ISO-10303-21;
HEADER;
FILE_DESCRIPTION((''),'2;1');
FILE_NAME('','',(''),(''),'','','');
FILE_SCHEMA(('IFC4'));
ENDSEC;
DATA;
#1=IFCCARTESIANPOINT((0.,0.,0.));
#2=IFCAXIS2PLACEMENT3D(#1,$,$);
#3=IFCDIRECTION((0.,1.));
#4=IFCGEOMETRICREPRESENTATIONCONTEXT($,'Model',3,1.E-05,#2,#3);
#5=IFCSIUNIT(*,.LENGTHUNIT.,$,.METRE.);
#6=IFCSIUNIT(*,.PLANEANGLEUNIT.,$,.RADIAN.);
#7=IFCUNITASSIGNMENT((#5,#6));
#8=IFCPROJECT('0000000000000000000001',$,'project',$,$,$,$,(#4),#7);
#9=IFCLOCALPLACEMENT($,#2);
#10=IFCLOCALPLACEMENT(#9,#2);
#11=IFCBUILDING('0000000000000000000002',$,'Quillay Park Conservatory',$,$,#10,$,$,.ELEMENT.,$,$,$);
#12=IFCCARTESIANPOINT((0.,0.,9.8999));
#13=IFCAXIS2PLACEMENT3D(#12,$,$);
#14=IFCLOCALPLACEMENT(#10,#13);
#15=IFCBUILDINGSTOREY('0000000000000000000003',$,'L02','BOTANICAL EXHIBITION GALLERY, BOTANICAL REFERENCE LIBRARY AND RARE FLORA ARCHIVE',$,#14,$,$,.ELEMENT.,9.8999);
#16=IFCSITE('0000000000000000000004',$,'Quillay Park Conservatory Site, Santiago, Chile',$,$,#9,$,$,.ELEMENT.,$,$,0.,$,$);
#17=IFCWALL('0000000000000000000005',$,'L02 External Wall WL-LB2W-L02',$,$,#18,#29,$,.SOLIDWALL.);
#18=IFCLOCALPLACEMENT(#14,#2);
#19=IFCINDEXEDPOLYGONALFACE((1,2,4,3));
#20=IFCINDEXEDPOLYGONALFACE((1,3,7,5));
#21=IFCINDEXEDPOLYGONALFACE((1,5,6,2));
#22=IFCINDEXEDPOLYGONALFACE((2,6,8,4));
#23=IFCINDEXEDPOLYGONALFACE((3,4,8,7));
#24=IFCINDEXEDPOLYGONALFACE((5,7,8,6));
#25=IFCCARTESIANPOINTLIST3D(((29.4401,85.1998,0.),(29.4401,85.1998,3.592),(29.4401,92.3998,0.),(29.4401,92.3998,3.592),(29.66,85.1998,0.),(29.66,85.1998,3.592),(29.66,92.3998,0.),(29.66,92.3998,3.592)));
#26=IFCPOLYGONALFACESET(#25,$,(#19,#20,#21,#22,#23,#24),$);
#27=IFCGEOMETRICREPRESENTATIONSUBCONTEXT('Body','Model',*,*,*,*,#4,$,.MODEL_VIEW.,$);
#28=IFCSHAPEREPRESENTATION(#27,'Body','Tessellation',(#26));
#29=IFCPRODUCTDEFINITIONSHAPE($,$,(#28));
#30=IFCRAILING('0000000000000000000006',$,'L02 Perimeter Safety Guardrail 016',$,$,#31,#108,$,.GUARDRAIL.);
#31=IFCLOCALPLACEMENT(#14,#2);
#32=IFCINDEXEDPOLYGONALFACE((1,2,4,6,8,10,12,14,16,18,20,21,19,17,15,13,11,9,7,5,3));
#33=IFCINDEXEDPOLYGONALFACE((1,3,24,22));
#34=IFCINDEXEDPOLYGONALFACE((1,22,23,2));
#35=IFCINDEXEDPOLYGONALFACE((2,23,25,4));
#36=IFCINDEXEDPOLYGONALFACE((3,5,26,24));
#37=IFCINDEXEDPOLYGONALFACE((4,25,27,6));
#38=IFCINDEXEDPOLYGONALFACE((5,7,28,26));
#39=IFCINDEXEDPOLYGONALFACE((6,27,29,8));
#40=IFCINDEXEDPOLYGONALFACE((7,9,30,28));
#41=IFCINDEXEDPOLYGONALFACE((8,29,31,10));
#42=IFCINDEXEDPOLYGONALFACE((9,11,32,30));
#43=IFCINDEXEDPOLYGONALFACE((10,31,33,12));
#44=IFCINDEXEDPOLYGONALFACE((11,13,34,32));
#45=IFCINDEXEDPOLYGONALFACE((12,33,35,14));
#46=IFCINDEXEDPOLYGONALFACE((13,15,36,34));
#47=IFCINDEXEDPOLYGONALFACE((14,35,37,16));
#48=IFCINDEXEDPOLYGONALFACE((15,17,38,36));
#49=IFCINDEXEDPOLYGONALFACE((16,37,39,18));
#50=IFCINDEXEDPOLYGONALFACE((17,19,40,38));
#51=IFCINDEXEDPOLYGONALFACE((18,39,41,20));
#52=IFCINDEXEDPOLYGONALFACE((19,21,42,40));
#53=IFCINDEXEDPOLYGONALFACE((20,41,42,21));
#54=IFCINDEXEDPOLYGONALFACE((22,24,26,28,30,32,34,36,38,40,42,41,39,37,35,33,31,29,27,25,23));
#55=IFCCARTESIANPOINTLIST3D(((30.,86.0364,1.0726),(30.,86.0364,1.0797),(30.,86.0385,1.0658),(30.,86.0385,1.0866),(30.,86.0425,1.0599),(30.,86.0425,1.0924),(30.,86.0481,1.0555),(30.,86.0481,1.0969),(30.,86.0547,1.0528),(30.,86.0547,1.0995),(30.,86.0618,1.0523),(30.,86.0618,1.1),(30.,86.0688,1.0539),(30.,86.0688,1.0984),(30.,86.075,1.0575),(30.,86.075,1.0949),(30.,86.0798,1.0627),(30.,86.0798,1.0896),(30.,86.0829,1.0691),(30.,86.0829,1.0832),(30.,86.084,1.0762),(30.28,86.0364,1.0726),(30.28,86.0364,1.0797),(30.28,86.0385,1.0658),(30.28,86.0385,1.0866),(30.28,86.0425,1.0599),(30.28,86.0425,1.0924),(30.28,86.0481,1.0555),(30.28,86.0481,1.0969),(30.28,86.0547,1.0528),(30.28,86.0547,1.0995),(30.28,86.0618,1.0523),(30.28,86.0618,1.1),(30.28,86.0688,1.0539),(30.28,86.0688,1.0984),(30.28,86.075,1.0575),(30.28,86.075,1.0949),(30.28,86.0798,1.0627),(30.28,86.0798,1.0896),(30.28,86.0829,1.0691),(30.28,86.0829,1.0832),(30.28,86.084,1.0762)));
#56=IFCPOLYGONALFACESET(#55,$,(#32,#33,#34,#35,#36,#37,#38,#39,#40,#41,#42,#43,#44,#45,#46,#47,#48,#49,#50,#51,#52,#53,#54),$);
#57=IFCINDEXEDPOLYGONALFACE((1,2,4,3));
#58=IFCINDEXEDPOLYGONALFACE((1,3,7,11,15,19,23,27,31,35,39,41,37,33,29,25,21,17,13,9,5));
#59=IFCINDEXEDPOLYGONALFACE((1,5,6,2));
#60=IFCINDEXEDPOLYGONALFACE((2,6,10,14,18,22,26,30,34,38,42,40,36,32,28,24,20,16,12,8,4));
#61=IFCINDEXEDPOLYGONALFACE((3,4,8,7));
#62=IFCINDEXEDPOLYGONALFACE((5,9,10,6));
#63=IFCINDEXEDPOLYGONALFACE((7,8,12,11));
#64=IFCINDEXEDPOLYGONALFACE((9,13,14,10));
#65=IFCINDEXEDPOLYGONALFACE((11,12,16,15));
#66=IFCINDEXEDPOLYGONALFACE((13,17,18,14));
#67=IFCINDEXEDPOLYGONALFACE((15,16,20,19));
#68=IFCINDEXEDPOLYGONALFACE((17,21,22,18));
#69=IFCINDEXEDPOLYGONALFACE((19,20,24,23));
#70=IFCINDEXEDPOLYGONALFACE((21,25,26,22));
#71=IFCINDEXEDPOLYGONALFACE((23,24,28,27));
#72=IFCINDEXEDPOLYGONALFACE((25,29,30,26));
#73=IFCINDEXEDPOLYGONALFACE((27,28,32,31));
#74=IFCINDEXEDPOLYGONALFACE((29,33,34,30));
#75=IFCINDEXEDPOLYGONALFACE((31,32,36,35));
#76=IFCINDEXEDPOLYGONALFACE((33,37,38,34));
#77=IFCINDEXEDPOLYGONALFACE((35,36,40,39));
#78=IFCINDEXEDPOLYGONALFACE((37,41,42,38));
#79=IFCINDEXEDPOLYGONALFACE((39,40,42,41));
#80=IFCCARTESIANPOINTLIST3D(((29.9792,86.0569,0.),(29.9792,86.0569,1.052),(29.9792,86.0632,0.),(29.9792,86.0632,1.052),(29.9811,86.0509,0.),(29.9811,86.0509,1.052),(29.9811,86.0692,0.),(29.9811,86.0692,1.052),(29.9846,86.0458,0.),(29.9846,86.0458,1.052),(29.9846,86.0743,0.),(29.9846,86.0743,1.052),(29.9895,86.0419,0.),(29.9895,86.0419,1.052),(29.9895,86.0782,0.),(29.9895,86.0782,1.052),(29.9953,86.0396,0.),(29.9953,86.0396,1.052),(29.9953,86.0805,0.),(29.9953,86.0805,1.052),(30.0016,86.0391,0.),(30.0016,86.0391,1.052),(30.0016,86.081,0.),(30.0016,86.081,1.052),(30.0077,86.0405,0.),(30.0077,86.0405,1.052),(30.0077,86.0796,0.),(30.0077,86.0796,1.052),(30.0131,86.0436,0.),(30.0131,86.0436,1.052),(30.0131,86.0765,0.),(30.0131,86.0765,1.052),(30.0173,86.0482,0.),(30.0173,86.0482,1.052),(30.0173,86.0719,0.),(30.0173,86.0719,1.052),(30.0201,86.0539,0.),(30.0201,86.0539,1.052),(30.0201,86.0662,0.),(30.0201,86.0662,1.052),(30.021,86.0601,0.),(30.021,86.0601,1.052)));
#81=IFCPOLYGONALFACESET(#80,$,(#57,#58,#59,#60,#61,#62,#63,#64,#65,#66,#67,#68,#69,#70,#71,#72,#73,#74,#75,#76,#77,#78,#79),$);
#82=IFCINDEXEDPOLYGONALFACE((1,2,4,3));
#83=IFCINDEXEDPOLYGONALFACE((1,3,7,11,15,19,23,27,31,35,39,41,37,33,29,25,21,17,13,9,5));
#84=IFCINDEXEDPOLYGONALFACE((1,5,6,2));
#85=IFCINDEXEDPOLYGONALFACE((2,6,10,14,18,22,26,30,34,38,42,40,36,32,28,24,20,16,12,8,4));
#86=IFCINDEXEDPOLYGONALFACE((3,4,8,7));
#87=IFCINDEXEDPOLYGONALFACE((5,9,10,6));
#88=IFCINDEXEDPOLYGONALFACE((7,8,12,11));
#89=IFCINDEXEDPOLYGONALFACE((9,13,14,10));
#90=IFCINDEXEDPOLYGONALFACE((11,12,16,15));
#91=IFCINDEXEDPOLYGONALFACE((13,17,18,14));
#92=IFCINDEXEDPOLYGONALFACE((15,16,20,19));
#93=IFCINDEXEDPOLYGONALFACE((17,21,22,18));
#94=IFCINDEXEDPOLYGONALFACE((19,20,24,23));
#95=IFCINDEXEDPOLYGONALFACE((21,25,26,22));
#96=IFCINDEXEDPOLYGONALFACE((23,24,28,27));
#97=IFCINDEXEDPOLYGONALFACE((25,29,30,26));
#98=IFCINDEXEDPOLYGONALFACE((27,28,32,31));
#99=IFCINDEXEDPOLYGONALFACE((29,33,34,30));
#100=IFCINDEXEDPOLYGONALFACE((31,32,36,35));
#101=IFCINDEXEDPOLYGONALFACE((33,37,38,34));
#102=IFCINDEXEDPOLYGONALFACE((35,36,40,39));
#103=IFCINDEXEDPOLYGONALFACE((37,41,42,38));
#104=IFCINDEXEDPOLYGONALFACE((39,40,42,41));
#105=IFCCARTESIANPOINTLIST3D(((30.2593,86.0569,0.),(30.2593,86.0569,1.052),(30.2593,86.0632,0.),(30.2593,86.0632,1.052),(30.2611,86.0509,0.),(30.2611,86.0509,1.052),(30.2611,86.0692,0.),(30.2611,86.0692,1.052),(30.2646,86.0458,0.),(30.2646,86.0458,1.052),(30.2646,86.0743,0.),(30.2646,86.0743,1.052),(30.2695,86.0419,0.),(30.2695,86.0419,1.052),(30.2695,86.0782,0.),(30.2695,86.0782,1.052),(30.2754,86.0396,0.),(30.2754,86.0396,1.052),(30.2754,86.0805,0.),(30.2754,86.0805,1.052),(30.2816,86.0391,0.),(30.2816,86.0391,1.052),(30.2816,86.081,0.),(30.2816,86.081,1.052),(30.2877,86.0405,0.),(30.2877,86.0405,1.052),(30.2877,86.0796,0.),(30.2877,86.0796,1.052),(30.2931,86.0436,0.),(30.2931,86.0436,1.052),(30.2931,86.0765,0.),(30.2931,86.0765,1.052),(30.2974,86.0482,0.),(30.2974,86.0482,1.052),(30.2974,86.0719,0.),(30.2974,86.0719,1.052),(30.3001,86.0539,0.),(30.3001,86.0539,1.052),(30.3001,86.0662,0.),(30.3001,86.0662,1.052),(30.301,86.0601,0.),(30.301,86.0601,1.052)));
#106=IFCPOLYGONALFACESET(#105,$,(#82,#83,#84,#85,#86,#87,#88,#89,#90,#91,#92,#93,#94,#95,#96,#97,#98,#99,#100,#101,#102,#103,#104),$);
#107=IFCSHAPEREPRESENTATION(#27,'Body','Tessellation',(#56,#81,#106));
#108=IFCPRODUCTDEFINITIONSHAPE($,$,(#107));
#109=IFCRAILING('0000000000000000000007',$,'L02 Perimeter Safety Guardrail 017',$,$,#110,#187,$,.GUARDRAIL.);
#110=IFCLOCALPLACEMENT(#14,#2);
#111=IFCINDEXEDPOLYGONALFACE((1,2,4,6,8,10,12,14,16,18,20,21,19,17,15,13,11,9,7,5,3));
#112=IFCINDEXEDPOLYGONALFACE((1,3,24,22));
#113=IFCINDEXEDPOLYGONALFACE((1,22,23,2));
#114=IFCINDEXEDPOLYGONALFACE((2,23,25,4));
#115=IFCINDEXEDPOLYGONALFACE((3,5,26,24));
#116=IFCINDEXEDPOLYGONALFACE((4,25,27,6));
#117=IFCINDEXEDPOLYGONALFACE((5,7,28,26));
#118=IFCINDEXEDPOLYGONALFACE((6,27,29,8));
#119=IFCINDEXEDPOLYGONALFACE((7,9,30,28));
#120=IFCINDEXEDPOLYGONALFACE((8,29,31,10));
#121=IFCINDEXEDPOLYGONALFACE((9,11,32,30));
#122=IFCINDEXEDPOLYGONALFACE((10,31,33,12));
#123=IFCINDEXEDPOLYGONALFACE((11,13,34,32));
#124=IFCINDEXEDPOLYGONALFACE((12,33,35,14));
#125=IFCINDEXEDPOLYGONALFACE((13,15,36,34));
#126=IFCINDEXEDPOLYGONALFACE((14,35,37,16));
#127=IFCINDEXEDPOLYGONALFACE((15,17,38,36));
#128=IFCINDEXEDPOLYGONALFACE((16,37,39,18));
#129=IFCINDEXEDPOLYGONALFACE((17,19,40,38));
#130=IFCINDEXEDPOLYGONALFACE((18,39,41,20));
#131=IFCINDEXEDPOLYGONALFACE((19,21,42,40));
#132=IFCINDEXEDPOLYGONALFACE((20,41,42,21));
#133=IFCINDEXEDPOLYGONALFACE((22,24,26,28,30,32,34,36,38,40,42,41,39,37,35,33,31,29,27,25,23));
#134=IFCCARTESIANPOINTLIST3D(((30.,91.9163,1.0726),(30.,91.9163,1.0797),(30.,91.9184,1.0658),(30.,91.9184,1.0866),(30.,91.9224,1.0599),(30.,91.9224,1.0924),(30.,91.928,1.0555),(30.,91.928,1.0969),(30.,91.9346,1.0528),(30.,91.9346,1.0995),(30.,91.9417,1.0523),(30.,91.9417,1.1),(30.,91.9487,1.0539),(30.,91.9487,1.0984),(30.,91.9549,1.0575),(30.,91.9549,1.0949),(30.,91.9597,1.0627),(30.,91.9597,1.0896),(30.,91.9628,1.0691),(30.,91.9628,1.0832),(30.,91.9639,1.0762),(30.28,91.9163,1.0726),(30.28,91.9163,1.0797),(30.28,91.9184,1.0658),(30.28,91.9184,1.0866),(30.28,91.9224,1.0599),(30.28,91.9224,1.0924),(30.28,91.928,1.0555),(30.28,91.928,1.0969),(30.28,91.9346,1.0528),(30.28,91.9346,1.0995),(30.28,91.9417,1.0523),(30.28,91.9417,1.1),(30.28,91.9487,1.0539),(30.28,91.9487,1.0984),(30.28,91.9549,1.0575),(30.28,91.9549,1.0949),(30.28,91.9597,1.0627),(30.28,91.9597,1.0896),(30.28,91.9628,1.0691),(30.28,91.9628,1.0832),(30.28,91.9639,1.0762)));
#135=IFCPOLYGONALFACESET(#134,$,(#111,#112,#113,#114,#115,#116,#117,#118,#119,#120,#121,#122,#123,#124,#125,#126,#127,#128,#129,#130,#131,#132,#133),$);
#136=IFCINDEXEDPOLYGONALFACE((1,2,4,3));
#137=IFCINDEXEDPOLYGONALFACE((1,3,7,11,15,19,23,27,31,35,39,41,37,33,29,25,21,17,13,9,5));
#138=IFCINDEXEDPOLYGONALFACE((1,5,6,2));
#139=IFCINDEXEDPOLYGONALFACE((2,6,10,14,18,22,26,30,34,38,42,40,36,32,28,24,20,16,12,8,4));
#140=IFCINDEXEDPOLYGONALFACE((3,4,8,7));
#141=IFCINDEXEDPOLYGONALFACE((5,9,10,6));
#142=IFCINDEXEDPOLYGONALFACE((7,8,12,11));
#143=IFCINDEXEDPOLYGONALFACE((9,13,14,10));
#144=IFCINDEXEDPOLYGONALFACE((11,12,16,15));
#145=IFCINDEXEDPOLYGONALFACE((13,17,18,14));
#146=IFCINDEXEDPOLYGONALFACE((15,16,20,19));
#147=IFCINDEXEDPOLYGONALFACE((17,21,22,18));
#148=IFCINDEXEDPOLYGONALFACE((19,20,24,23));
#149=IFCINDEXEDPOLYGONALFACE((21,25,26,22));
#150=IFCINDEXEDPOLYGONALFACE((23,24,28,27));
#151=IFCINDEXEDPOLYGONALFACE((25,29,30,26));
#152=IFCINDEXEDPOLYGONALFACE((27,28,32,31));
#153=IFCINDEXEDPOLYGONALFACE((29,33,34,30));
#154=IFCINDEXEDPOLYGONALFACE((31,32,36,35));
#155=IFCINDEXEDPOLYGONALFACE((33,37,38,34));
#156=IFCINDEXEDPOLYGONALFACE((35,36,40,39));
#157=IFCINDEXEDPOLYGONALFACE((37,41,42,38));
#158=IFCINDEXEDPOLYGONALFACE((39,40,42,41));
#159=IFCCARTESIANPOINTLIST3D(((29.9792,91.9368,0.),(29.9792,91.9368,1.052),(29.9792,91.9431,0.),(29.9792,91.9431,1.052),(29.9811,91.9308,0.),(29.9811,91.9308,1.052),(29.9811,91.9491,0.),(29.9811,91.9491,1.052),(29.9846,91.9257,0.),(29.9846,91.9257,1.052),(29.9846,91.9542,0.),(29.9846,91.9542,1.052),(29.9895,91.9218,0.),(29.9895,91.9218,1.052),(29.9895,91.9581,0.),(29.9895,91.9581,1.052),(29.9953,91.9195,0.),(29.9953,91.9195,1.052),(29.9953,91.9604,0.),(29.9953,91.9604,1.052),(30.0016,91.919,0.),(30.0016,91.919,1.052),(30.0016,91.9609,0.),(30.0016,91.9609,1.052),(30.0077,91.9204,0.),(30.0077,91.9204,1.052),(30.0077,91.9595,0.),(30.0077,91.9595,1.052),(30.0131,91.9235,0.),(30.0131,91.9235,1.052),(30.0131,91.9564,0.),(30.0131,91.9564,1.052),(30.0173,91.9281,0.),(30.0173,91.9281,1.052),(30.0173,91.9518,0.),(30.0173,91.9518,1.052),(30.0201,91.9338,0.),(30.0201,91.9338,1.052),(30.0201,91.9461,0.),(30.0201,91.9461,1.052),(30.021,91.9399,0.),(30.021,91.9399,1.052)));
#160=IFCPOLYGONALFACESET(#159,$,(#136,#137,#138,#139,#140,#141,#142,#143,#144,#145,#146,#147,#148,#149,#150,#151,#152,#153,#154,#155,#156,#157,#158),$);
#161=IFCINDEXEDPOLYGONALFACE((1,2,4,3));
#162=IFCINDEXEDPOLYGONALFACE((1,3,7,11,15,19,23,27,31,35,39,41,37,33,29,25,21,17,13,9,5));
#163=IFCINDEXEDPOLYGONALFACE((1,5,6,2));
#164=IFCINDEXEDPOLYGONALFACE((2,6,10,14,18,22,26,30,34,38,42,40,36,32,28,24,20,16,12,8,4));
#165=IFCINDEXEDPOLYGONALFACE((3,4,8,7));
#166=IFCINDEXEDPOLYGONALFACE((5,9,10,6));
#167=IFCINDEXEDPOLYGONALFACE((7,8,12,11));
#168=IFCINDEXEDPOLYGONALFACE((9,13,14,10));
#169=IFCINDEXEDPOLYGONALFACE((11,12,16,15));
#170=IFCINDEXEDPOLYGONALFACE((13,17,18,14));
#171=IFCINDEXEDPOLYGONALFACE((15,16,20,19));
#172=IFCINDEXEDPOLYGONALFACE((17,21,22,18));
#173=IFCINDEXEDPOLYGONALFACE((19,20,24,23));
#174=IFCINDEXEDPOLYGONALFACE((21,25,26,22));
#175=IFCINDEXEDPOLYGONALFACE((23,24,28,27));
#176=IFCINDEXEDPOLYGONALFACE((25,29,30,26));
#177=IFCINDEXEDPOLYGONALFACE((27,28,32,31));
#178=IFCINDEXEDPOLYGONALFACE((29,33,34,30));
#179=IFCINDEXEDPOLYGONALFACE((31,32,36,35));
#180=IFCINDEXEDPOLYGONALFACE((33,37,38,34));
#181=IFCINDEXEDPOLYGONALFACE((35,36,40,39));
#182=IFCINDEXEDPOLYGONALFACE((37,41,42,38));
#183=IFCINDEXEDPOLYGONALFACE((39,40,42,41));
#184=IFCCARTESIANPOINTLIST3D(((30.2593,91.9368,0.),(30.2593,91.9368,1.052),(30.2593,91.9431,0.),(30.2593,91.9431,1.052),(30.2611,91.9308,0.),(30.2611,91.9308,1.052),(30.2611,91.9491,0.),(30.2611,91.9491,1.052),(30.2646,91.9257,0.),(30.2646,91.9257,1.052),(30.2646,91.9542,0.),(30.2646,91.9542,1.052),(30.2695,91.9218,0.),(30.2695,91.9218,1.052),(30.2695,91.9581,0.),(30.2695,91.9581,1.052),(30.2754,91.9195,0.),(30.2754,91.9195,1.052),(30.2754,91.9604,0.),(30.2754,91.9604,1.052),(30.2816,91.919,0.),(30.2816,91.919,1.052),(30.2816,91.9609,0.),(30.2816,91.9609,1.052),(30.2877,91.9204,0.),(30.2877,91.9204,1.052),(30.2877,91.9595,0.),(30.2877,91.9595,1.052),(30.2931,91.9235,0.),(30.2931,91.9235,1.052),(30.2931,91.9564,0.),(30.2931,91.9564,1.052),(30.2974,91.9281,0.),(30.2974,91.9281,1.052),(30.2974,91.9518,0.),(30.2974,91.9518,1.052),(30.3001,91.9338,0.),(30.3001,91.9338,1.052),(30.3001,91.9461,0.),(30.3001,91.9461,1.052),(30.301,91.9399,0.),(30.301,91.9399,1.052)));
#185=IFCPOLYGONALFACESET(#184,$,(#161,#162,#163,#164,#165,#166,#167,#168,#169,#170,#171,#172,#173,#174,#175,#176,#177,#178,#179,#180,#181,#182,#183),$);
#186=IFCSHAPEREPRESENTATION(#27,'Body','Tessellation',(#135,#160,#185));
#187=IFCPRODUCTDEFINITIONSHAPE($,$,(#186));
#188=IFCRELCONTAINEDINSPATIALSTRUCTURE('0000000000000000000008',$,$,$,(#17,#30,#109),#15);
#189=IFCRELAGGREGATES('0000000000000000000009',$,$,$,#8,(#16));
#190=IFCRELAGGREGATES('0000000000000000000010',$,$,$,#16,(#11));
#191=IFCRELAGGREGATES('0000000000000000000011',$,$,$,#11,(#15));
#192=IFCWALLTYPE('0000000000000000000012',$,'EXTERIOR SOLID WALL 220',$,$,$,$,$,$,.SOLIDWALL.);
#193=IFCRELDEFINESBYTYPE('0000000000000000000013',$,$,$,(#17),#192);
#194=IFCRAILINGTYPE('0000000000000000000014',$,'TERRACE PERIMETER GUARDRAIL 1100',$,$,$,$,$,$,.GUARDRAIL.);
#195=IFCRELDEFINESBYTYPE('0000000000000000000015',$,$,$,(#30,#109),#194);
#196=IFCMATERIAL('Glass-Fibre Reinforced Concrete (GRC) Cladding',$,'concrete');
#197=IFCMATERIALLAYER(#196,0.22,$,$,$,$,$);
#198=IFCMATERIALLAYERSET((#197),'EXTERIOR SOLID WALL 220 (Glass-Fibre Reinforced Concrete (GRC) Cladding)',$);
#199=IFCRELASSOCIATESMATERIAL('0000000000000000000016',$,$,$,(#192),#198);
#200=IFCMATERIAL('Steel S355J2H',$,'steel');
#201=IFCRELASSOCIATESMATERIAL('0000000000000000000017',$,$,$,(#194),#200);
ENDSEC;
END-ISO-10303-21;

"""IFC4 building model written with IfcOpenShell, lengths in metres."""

from ifc_helpers import new_model, si_unit, direction, frame, frame_2d, origin, origin_2d, place, context, subcontext, project, spatial, rectangle, circle, extrude, material, layer, layer_set, type_object, element, save


model = new_model("IFC4")

# Units and contexts
model_context = context("Model", 3, precision=1e-05, world=origin(), true_north=direction((0.0, 1.0)))
body_context = subcontext(model_context, "Body", "Model", "MODEL_VIEW")
ifc_project = project(units=[si_unit("LENGTHUNIT", "METRE"), si_unit("PLANEANGLEUNIT", "RADIAN")], contexts=[model_context])

# Site, building, storey
site_placement = place(None, origin())
site = spatial("IfcSite", under=ifc_project, at=site_placement, Name="Quillay Park Conservatory Site, Santiago, Chile", CompositionType="ELEMENT", RefElevation=0.0)
building_placement = place(site_placement, origin())
building = spatial("IfcBuilding", under=site, at=building_placement, Name="Quillay Park Conservatory", CompositionType="ELEMENT")
storey_placement = place(building_placement, frame((0.0, 0.0, 9.8999)))
storey = spatial("IfcBuildingStorey", under=building, at=storey_placement, Name="L02", Description="BOTANICAL EXHIBITION GALLERY, BOTANICAL REFERENCE LIBRARY AND RARE FLORA ARCHIVE", CompositionType="ELEMENT", Elevation=9.8999)

# Wall
ifc_material_1 = material(Name="Glass-Fibre Reinforced Concrete (GRC) Cladding", Category="concrete")
ifc_layer_1 = layer(ifc_material_1, 0.22)
ifc_layer_set_1 = layer_set([ifc_layer_1], Name="EXTERIOR SOLID WALL 220 (Glass-Fibre Reinforced Concrete (GRC) Cladding)")
wall_type = type_object("IfcWallType", Name="EXTERIOR SOLID WALL 220", PredefinedType="SOLIDWALL", material=ifc_layer_set_1)
wall_placement = place(storey_placement, frame((29.55, 92.3999, 0.0), z_axis=(0.0, 0.0, 1.0), x_axis=(0.0, -1.0, 0.0)))
element("IfcWall", 1, at=wall_placement, inside=storey, type_object=wall_type, Name="L02 External Wall WL-LB2W-L02", PredefinedType="SOLIDWALL", context=body_context, shape_type="SweptSolid", body=[
    extrude(rectangle(XDim=7.2, YDim=0.22, at=frame_2d((3.6001, 0.0))), origin(), (0.0, 0.0, 1.0), 3.592),
])

# Railings
ifc_material_2 = material(Name="Steel S355J2H", Category="steel")
railing_type = type_object("IfcRailingType", Name="TERRACE PERIMETER GUARDRAIL 1100", PredefinedType="GUARDRAIL", material=ifc_material_2)
for number, where, name in (
    (2, (30.0, 86.0601, 0.0), "L02 Perimeter Safety Guardrail 016"),
    (3, (30.0, 91.9399, 0.0), "L02 Perimeter Safety Guardrail 017"),
):
    element("IfcRailing", number, at=place(storey_placement, frame(where)), inside=storey, type_object=railing_type, Name=name, PredefinedType="GUARDRAIL", context=body_context, shape_type="SweptSolid", body=[
        extrude(circle(Radius=0.0239, at=origin_2d()), frame((0.0, 0.0, 1.0762), z_axis=(1.0, 0.0, 0.0), x_axis=(0.0, 1.0, 0.0)), (0.0, 0.0, 1.0), 0.28),
        extrude(circle(Radius=0.021, at=origin_2d()), origin(), (0.0, 0.0, 1.0), 1.052),
        extrude(circle(Radius=0.021, at=origin_2d()), frame((0.28, 0.0, 0.0)), (0.0, 0.0, 1.0), 1.052),
    ])

save(model, "model.ifc")
